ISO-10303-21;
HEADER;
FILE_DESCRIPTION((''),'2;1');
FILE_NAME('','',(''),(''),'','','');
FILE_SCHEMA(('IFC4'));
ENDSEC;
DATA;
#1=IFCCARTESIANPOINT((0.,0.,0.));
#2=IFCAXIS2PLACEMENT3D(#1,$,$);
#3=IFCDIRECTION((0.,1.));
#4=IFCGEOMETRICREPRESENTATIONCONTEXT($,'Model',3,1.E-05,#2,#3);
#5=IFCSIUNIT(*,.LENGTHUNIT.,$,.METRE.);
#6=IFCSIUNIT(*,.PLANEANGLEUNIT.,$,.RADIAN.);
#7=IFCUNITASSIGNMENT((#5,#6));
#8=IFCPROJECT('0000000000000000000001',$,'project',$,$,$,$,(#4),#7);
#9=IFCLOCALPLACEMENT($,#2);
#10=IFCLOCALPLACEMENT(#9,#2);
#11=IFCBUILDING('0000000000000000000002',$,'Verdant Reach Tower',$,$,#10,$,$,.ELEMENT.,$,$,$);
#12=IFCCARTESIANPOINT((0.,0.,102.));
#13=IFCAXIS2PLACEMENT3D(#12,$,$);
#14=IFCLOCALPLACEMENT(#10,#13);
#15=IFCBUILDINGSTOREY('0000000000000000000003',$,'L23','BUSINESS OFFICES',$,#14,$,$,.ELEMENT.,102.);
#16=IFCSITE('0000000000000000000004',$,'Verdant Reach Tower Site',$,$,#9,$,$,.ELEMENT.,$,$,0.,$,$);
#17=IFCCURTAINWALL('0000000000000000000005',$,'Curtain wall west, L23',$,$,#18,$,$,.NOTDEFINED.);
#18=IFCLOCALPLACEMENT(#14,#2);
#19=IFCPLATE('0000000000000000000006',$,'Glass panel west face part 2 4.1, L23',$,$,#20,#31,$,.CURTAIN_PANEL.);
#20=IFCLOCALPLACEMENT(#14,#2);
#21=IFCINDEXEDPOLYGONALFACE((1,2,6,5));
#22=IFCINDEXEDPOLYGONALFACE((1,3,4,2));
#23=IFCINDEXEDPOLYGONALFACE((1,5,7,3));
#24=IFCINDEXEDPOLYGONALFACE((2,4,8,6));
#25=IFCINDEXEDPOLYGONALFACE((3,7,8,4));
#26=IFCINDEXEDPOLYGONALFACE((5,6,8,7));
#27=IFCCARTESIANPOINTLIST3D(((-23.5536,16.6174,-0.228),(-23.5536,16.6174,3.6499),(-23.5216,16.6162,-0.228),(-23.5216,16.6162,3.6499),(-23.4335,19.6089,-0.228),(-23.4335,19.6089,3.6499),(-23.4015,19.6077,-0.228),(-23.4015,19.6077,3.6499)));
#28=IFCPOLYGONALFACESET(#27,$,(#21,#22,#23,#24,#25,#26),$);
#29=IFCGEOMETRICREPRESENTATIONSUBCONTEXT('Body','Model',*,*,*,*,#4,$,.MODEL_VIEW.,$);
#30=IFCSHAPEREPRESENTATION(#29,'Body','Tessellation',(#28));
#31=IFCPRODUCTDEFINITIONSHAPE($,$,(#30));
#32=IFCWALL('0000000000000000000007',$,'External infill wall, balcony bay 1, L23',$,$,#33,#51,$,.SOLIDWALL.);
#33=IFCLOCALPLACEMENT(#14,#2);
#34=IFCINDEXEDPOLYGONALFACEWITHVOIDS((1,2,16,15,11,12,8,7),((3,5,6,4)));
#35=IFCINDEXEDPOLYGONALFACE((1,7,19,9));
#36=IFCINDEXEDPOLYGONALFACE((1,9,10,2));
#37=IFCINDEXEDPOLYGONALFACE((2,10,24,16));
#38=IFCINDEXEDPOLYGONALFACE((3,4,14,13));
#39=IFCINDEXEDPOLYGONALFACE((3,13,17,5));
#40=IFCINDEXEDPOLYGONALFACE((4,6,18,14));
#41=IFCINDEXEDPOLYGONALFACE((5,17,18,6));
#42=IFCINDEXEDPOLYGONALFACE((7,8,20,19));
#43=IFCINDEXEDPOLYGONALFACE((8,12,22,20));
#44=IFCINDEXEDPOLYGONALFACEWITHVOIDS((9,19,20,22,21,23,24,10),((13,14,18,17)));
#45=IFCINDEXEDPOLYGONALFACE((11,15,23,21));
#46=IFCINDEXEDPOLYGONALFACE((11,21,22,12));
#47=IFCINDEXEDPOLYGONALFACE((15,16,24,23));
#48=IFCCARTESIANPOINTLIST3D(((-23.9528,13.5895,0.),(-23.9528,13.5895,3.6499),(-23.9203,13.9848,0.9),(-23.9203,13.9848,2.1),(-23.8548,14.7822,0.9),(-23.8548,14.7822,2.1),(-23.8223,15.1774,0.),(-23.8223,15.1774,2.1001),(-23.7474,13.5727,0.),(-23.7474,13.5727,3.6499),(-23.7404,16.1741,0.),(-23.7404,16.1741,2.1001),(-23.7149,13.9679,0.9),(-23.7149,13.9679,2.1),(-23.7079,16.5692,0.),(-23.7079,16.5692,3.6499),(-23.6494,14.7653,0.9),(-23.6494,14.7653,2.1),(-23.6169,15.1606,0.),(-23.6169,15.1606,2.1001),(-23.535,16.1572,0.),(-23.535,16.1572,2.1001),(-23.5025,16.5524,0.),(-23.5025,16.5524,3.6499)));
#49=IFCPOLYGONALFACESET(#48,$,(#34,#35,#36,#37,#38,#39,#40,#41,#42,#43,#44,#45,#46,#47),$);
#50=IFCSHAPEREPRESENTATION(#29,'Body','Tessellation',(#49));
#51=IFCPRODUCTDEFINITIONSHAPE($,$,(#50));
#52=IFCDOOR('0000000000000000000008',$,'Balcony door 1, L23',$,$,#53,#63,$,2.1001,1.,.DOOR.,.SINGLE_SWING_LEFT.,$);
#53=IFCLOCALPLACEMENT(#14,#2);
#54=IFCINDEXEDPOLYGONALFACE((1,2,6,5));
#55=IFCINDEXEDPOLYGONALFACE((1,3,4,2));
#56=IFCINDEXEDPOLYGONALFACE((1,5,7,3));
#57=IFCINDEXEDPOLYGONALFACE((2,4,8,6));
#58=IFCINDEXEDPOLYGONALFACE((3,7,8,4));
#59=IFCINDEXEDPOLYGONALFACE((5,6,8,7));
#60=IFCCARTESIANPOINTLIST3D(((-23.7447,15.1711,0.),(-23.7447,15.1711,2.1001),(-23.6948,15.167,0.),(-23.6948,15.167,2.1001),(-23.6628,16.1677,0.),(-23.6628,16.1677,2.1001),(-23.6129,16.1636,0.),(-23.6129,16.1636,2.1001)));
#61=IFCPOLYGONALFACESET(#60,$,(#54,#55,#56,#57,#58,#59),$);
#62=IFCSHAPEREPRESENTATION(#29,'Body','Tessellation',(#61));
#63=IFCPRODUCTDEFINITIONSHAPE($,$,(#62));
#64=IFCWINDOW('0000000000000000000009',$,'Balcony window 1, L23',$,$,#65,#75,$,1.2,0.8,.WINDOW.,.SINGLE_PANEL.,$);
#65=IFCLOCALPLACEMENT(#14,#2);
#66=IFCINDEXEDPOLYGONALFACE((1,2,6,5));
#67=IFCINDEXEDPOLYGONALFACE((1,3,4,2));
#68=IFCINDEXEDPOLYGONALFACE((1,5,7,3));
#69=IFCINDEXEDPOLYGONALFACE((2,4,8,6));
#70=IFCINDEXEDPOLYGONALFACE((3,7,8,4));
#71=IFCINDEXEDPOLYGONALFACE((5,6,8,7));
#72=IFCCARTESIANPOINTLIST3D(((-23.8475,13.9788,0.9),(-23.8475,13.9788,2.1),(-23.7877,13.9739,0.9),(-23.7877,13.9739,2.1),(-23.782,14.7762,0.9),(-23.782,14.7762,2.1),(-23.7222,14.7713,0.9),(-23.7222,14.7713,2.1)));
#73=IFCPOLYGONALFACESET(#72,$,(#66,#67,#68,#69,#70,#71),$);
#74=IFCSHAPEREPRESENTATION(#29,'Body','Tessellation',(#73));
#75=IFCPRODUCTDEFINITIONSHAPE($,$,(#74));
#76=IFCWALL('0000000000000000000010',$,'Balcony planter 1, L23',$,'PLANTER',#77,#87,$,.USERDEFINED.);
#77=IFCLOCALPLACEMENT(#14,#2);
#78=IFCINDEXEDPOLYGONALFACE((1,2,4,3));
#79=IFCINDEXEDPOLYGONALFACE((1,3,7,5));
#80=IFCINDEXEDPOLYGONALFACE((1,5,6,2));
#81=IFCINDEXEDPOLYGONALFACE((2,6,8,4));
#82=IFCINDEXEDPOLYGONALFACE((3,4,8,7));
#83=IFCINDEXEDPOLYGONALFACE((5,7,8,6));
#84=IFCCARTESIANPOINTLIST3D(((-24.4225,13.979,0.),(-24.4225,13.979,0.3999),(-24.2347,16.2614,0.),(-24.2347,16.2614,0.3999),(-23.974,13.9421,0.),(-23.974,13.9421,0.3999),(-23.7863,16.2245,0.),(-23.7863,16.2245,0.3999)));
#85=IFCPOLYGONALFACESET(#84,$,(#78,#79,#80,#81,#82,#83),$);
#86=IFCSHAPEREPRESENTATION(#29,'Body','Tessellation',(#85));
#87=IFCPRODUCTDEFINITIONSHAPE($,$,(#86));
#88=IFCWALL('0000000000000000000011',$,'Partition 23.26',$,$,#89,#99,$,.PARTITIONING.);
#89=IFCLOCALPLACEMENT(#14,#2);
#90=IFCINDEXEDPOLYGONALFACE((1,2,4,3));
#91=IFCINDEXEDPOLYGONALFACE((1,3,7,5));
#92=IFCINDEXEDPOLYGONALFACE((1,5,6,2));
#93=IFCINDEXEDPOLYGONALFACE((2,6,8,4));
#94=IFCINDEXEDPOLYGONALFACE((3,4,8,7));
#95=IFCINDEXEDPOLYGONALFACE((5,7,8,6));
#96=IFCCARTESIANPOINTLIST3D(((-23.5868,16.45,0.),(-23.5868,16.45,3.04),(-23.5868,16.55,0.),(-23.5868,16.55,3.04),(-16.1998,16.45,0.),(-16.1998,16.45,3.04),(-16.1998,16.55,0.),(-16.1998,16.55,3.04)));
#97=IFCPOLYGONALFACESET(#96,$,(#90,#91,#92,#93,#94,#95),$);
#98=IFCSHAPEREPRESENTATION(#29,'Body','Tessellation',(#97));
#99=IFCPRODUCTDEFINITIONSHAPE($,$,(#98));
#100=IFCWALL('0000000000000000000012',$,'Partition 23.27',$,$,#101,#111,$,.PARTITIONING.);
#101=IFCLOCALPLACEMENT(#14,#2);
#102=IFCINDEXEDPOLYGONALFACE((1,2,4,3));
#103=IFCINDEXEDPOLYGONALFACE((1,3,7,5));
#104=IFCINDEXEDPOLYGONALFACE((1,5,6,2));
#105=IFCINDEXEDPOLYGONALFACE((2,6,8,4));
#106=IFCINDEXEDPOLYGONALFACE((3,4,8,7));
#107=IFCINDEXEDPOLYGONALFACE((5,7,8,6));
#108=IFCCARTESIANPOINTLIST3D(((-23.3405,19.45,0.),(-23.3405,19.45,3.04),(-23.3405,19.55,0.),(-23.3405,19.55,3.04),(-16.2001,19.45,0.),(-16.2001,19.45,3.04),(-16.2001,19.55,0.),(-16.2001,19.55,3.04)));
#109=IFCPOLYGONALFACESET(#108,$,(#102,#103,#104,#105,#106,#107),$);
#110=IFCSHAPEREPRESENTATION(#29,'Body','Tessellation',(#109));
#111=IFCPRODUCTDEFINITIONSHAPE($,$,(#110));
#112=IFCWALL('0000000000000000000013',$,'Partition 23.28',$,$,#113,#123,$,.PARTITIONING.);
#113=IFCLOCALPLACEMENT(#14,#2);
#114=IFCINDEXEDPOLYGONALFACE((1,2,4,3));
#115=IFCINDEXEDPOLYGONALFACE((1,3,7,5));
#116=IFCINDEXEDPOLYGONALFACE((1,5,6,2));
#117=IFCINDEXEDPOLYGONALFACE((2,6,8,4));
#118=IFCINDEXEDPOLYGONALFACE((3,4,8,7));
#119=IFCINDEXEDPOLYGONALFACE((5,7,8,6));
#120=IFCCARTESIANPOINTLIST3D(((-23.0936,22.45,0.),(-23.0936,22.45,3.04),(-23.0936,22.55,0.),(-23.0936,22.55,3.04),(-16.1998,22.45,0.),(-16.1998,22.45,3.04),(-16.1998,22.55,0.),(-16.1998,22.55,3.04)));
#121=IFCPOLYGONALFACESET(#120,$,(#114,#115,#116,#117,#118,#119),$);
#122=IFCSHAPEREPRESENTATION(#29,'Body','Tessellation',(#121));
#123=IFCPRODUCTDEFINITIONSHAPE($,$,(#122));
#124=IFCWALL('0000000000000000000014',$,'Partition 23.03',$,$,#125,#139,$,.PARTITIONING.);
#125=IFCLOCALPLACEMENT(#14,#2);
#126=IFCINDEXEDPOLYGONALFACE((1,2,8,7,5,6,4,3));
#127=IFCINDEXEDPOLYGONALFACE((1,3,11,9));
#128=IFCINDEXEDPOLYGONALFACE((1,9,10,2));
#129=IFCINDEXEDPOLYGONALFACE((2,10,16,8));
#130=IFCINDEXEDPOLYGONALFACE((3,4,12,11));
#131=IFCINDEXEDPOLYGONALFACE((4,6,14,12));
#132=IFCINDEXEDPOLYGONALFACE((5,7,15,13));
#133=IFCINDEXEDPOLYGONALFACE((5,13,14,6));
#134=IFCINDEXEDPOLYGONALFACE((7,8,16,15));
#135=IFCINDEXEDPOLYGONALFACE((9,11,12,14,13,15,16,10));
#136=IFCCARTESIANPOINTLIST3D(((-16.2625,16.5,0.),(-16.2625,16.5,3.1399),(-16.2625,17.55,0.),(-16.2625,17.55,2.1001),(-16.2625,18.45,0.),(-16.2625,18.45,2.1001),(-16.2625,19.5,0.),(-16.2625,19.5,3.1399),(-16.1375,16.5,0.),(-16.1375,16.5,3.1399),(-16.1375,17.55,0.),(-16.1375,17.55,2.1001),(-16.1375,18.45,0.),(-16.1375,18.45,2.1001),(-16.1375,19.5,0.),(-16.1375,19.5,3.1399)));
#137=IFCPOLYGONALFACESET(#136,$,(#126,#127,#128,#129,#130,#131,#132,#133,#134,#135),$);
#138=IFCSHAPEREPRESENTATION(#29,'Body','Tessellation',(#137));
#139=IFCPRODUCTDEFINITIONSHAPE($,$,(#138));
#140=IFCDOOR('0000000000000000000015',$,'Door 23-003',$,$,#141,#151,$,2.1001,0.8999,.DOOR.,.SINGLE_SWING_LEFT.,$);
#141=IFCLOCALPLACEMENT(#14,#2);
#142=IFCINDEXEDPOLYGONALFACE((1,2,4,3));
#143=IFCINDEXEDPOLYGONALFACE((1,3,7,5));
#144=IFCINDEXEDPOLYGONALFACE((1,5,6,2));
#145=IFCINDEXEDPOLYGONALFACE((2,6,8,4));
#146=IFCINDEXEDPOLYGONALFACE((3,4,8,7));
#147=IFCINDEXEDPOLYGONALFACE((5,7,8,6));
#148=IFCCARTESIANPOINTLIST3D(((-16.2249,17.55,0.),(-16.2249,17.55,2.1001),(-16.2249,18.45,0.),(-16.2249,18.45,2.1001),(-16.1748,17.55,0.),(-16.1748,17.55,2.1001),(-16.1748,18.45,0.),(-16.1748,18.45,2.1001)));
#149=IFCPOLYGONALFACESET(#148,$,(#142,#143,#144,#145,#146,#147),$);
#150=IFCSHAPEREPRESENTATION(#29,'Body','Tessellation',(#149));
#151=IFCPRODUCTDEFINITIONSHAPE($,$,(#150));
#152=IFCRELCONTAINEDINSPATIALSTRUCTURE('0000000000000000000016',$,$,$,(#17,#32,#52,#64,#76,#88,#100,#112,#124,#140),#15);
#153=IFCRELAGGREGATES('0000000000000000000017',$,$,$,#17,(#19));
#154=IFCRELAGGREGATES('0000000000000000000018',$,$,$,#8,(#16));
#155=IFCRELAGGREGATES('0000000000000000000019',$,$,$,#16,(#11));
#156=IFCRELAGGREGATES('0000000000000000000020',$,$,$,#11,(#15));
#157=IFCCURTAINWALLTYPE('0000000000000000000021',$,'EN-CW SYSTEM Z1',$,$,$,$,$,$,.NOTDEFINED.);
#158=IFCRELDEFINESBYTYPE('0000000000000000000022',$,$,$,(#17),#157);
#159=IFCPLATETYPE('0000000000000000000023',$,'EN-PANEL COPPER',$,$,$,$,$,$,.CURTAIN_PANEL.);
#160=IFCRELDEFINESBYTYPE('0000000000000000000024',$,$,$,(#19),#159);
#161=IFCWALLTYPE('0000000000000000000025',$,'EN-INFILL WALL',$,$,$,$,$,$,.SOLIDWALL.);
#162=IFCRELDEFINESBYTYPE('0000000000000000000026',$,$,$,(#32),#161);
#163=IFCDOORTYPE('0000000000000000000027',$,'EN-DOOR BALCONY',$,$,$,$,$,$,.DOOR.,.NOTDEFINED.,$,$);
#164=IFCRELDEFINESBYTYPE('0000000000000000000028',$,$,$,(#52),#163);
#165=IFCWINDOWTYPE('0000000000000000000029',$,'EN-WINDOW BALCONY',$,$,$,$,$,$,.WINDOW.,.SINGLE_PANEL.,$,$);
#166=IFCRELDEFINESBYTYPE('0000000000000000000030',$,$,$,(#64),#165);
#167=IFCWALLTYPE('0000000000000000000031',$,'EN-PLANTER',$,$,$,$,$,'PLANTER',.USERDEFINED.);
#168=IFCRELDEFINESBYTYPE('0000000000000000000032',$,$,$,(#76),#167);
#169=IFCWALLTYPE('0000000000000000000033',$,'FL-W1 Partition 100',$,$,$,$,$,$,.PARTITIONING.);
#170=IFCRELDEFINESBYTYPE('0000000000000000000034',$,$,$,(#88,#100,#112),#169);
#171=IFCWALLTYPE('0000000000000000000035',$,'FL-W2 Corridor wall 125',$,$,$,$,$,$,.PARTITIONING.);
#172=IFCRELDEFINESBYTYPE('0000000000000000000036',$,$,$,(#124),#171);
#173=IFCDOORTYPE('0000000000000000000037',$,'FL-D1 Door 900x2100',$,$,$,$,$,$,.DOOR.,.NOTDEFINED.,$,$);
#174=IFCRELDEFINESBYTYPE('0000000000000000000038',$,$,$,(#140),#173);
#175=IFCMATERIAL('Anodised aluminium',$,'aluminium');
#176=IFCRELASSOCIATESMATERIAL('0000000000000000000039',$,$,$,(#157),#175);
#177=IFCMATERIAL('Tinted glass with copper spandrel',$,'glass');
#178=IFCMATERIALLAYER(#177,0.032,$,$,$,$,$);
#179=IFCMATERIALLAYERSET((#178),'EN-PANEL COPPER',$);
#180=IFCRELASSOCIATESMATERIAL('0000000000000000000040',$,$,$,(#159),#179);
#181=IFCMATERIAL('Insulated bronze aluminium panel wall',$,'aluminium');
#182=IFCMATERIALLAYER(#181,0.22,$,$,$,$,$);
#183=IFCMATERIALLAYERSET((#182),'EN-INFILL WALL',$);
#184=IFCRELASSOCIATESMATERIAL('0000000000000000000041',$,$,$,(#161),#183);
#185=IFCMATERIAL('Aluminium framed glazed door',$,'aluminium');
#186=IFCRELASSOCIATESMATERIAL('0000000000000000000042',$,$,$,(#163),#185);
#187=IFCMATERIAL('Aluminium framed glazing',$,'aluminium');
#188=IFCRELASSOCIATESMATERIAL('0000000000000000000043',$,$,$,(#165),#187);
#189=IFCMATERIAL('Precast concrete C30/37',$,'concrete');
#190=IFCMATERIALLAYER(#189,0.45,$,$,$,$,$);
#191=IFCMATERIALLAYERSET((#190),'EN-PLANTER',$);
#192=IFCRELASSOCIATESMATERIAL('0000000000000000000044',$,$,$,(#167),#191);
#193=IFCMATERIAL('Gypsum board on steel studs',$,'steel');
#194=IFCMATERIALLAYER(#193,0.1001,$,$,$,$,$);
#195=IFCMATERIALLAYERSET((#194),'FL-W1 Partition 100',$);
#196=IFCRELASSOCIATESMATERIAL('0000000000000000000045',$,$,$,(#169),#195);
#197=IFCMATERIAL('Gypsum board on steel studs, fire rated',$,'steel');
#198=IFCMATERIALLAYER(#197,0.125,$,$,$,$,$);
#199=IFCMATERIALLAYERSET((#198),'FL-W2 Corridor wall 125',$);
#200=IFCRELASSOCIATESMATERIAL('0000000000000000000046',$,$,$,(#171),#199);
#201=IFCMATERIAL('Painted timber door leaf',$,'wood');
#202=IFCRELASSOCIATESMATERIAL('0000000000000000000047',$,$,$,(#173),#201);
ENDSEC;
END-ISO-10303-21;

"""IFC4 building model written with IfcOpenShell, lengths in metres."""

from ifc_helpers import new_model, si_unit, direction, frame, frame_2d, origin, origin_2d, place, context, subcontext, project, spatial, rectangle, extrude, material, layer, layer_set, type_object, element, fill, aggregate, save


model = new_model("IFC4")

# Units and contexts
model_context = context("Model", 3, precision=1e-05, world=origin(), true_north=direction((0.0, 1.0)))
body_context = subcontext(model_context, "Body", "Model", "MODEL_VIEW")
ifc_project = project(units=[si_unit("LENGTHUNIT", "METRE"), si_unit("PLANEANGLEUNIT", "RADIAN")], contexts=[model_context])

# Site, building, storey
site_placement = place(None, origin())
site = spatial("IfcSite", under=ifc_project, at=site_placement, Name="Verdant Reach Tower Site", CompositionType="ELEMENT", RefElevation=0.0)
building_placement = place(site_placement, origin())
building = spatial("IfcBuilding", under=site, at=building_placement, Name="Verdant Reach Tower", CompositionType="ELEMENT")
storey_placement = place(building_placement, frame((0.0, 0.0, 102.0)))
storey = spatial("IfcBuildingStorey", under=building, at=storey_placement, Name="L23", Description="BUSINESS OFFICES", CompositionType="ELEMENT", Elevation=102.0)

# Curtain wall, plate
ifc_material_1 = material(Name="Anodised aluminium", Category="aluminium")
curtain_wall_type = type_object("IfcCurtainWallType", Name="EN-CW SYSTEM Z1", PredefinedType="NOTDEFINED", material=ifc_material_1)
curtain_wall_placement = place(storey_placement, origin())
curtain_wall = element("IfcCurtainWall", 1, at=curtain_wall_placement, inside=storey, type_object=curtain_wall_type, Name="Curtain wall west, L23", PredefinedType="NOTDEFINED")
ifc_material_2 = material(Name="Tinted glass with copper spandrel", Category="glass")
ifc_layer_1 = layer(ifc_material_2, 0.032)
ifc_layer_set_1 = layer_set([ifc_layer_1], Name="EN-PANEL COPPER")
plate_type_1 = type_object("IfcPlateType", Name="EN-PANEL COPPER", PredefinedType="CURTAIN_PANEL", material=ifc_layer_set_1)
plate_1_placement = place(storey_placement, frame((-23.4775, 18.1125, -0.228), z_axis=(0.0, 0.0, 1.0), x_axis=(-0.040109, -0.999195, 0.0)))
plate_1 = element("IfcPlate", 2, at=plate_1_placement, type_object=plate_type_1, Name="Glass panel west face part 2 4.1, L23", PredefinedType="CURTAIN_PANEL", context=body_context, shape_type="SweptSolid", body=[
    extrude(rectangle(XDim=2.9939, YDim=0.032, at=origin_2d()), origin(), (0.0, 0.0, 1.0), 3.8779),
])
aggregate(curtain_wall, [plate_1])

# Wall, openings, door, window
ifc_material_3 = material(Name="Insulated bronze aluminium panel wall", Category="aluminium")
ifc_layer_2 = layer(ifc_material_3, 0.22)
ifc_layer_set_2 = layer_set([ifc_layer_2], Name="EN-INFILL WALL")
wall_type_1 = type_object("IfcWallType", Name="EN-INFILL WALL", PredefinedType="SOLIDWALL", material=ifc_layer_set_2)
wall_1_placement = place(storey_placement, frame((-23.6052, 16.5608, 0.0), z_axis=(0.0, 0.0, 1.0), x_axis=(-0.081903, -0.99664, 0.0)))
wall_1 = element("IfcWall", 3, at=wall_1_placement, inside=storey, type_object=wall_type_1, Name="External infill wall, balcony bay 1, L23", PredefinedType="SOLIDWALL", context=body_context, shape_type="SweptSolid", body=[
    extrude(rectangle(XDim=2.9897, YDim=0.2061, at=frame_2d((1.4949, 0.0))), origin(), (0.0, 0.0, 1.0), 3.6499),
])
opening_1_placement = place(wall_1_placement, frame((0.3965, 0.0, 0.0)))
opening_1 = element("IfcOpeningElement", 4, at=opening_1_placement, cuts=wall_1, PredefinedType="OPENING", context=body_context, shape_type="SweptSolid", body=[
    extrude(rectangle(XDim=1.0, YDim=2.1001, at=frame_2d((0.5, 1.05))), frame((0.0, 0.113, 0.0), z_axis=(0.0, -1.0, 0.0), x_axis=(1.0, 0.0, 0.0)), (0.0, 0.0, 1.0), 0.2261),
])
opening_2_placement = place(wall_1_placement, frame((1.7932, 0.0, 0.8999)))
opening_2 = element("IfcOpeningElement", 5, at=opening_2_placement, cuts=wall_1, PredefinedType="OPENING", context=body_context, shape_type="SweptSolid", body=[
    extrude(rectangle(XDim=0.8, YDim=1.2, at=frame_2d((0.3999, 0.6001))), frame((0.0, 0.113, 0.0), z_axis=(0.0, -1.0, 0.0), x_axis=(1.0, 0.0, 0.0)), (0.0, 0.0, 1.0), 0.2261),
])
ifc_material_4 = material(Name="Aluminium framed glazed door", Category="aluminium")
door_type_1 = type_object("IfcDoorType", Name="EN-DOOR BALCONY", OperationType="NOTDEFINED", PredefinedType="DOOR", material=ifc_material_4)
door_1_placement = place(opening_1_placement, origin())
door_1 = element("IfcDoor", 6, at=door_1_placement, inside=storey, type_object=door_type_1, Name="Balcony door 1, L23", OperationType="SINGLE_SWING_LEFT", OverallHeight=2.1001, OverallWidth=1.0, PredefinedType="DOOR", context=body_context, shape_type="SweptSolid", body=[
    extrude(rectangle(XDim=1.0, YDim=2.1001, at=frame_2d((0.5, 1.05))), frame((0.0, 0.0249, 0.0), z_axis=(0.0, -1.0, 0.0), x_axis=(1.0, 0.0, 0.0)), (0.0, 0.0, 1.0), 0.05),
])
fill(opening_1, door_1)
ifc_material_5 = material(Name="Aluminium framed glazing", Category="aluminium")
window_type = type_object("IfcWindowType", Name="EN-WINDOW BALCONY", PartitioningType="SINGLE_PANEL", PredefinedType="WINDOW", material=ifc_material_5)
window_placement = place(opening_2_placement, origin())
window = element("IfcWindow", 7, at=window_placement, inside=storey, type_object=window_type, Name="Balcony window 1, L23", OverallHeight=1.2, OverallWidth=0.8, PartitioningType="SINGLE_PANEL", PredefinedType="WINDOW", context=body_context, shape_type="SweptSolid", body=[
    extrude(rectangle(XDim=0.8, YDim=1.2, at=frame_2d((0.3999, 0.6001))), frame((0.0, 0.03, 0.0), z_axis=(0.0, -1.0, 0.0), x_axis=(1.0, 0.0, 0.0)), (0.0, 0.0, 1.0), 0.0601),
])
fill(opening_2, window)

# Walls
ifc_material_6 = material(Name="Precast concrete C30/37", Category="concrete")
ifc_layer_3 = layer(ifc_material_6, 0.45)
ifc_layer_set_3 = layer_set([ifc_layer_3], Name="EN-PLANTER")
wall_type_2 = type_object("IfcWallType", Name="EN-PLANTER", ElementType="PLANTER", PredefinedType="USERDEFINED", material=ifc_layer_set_3)
wall_2_placement = place(storey_placement, frame((-24.0105, 16.2429, 0.0), z_axis=(0.0, 0.0, 1.0), x_axis=(-0.081987, -0.996633, 0.0)))
element("IfcWall", 8, at=wall_2_placement, inside=storey, type_object=wall_type_2, Name="Balcony planter 1, L23", ObjectType="PLANTER", PredefinedType="USERDEFINED", context=body_context, shape_type="SweptSolid", body=[
    extrude(rectangle(XDim=2.29, YDim=0.45, at=frame_2d((1.145, 0.0))), origin(), (0.0, 0.0, 1.0), 0.3999),
])
ifc_material_7 = material(Name="Gypsum board on steel studs", Category="steel")
ifc_layer_4 = layer(ifc_material_7, 0.1001)
ifc_layer_set_4 = layer_set([ifc_layer_4], Name="FL-W1 Partition 100")
wall_type_3 = type_object("IfcWallType", Name="FL-W1 Partition 100", PredefinedType="PARTITIONING", material=ifc_layer_set_4)
wall_3_placement = place(storey_placement, frame((-16.2, 16.5, 0.0), z_axis=(0.0, 0.0, 1.0), x_axis=(-1.0, 0.0, 0.0)))
element("IfcWall", 9, at=wall_3_placement, inside=storey, type_object=wall_type_3, Name="Partition 23.26", PredefinedType="PARTITIONING", context=body_context, shape_type="SweptSolid", body=[
    extrude(rectangle(XDim=7.387, YDim=0.1001, at=frame_2d((3.6934, 0.0))), origin(), (0.0, 0.0, 1.0), 3.04),
])
wall_4_placement = place(storey_placement, frame((-16.2, 19.5, 0.0), z_axis=(0.0, 0.0, 1.0), x_axis=(-1.0, 0.0, 0.0)))
element("IfcWall", 10, at=wall_4_placement, inside=storey, type_object=wall_type_3, Name="Partition 23.27", PredefinedType="PARTITIONING", context=body_context, shape_type="SweptSolid", body=[
    extrude(rectangle(XDim=7.1404, YDim=0.1001, at=frame_2d((3.5703, 0.0))), origin(), (0.0, 0.0, 1.0), 3.04),
])
wall_5_placement = place(storey_placement, frame((-16.2, 22.5, 0.0), z_axis=(0.0, 0.0, 1.0), x_axis=(-1.0, 0.0, 0.0)))
element("IfcWall", 11, at=wall_5_placement, inside=storey, type_object=wall_type_3, Name="Partition 23.28", PredefinedType="PARTITIONING", context=body_context, shape_type="SweptSolid", body=[
    extrude(rectangle(XDim=6.8938, YDim=0.1001, at=frame_2d((3.4468, 0.0))), origin(), (0.0, 0.0, 1.0), 3.04),
])

# Wall, opening, door
ifc_material_8 = material(Name="Gypsum board on steel studs, fire rated", Category="steel")
ifc_layer_5 = layer(ifc_material_8, 0.125)
ifc_layer_set_5 = layer_set([ifc_layer_5], Name="FL-W2 Corridor wall 125")
wall_type_4 = type_object("IfcWallType", Name="FL-W2 Corridor wall 125", PredefinedType="PARTITIONING", material=ifc_layer_set_5)
wall_6_placement = place(storey_placement, frame((-16.2, 16.5, 0.0), z_axis=(0.0, 0.0, 1.0), x_axis=(0.0, 1.0, 0.0)))
wall_6 = element("IfcWall", 12, at=wall_6_placement, inside=storey, type_object=wall_type_4, Name="Partition 23.03", PredefinedType="PARTITIONING", context=body_context, shape_type="SweptSolid", body=[
    extrude(rectangle(XDim=3.0, YDim=0.125, at=frame_2d((1.5, 0.0))), origin(), (0.0, 0.0, 1.0), 3.1399),
])
opening_3_placement = place(wall_6_placement, frame((1.05, 0.0, 0.0)))
opening_3 = element("IfcOpeningElement", 13, at=opening_3_placement, cuts=wall_6, PredefinedType="OPENING", context=body_context, shape_type="SweptSolid", body=[
    extrude(rectangle(XDim=0.8999, YDim=2.1001, at=frame_2d((0.45, 1.05))), frame((0.0, 0.0725, 0.0), z_axis=(0.0, -1.0, 0.0), x_axis=(1.0, 0.0, 0.0)), (0.0, 0.0, 1.0), 0.145),
])
ifc_material_9 = material(Name="Painted timber door leaf", Category="wood")
door_type_2 = type_object("IfcDoorType", Name="FL-D1 Door 900x2100", OperationType="NOTDEFINED", PredefinedType="DOOR", material=ifc_material_9)
door_2_placement = place(opening_3_placement, origin())
door_2 = element("IfcDoor", 14, at=door_2_placement, inside=storey, type_object=door_type_2, Name="Door 23-003", OperationType="SINGLE_SWING_LEFT", OverallHeight=2.1001, OverallWidth=0.8999, PredefinedType="DOOR", context=body_context, shape_type="SweptSolid", body=[
    extrude(rectangle(XDim=0.8999, YDim=2.1001, at=frame_2d((0.45, 1.05))), frame((0.0, 0.0249, 0.0), z_axis=(0.0, -1.0, 0.0), x_axis=(1.0, 0.0, 0.0)), (0.0, 0.0, 1.0), 0.05),
])
fill(opening_3, door_2)

save(model, "model.ifc")
